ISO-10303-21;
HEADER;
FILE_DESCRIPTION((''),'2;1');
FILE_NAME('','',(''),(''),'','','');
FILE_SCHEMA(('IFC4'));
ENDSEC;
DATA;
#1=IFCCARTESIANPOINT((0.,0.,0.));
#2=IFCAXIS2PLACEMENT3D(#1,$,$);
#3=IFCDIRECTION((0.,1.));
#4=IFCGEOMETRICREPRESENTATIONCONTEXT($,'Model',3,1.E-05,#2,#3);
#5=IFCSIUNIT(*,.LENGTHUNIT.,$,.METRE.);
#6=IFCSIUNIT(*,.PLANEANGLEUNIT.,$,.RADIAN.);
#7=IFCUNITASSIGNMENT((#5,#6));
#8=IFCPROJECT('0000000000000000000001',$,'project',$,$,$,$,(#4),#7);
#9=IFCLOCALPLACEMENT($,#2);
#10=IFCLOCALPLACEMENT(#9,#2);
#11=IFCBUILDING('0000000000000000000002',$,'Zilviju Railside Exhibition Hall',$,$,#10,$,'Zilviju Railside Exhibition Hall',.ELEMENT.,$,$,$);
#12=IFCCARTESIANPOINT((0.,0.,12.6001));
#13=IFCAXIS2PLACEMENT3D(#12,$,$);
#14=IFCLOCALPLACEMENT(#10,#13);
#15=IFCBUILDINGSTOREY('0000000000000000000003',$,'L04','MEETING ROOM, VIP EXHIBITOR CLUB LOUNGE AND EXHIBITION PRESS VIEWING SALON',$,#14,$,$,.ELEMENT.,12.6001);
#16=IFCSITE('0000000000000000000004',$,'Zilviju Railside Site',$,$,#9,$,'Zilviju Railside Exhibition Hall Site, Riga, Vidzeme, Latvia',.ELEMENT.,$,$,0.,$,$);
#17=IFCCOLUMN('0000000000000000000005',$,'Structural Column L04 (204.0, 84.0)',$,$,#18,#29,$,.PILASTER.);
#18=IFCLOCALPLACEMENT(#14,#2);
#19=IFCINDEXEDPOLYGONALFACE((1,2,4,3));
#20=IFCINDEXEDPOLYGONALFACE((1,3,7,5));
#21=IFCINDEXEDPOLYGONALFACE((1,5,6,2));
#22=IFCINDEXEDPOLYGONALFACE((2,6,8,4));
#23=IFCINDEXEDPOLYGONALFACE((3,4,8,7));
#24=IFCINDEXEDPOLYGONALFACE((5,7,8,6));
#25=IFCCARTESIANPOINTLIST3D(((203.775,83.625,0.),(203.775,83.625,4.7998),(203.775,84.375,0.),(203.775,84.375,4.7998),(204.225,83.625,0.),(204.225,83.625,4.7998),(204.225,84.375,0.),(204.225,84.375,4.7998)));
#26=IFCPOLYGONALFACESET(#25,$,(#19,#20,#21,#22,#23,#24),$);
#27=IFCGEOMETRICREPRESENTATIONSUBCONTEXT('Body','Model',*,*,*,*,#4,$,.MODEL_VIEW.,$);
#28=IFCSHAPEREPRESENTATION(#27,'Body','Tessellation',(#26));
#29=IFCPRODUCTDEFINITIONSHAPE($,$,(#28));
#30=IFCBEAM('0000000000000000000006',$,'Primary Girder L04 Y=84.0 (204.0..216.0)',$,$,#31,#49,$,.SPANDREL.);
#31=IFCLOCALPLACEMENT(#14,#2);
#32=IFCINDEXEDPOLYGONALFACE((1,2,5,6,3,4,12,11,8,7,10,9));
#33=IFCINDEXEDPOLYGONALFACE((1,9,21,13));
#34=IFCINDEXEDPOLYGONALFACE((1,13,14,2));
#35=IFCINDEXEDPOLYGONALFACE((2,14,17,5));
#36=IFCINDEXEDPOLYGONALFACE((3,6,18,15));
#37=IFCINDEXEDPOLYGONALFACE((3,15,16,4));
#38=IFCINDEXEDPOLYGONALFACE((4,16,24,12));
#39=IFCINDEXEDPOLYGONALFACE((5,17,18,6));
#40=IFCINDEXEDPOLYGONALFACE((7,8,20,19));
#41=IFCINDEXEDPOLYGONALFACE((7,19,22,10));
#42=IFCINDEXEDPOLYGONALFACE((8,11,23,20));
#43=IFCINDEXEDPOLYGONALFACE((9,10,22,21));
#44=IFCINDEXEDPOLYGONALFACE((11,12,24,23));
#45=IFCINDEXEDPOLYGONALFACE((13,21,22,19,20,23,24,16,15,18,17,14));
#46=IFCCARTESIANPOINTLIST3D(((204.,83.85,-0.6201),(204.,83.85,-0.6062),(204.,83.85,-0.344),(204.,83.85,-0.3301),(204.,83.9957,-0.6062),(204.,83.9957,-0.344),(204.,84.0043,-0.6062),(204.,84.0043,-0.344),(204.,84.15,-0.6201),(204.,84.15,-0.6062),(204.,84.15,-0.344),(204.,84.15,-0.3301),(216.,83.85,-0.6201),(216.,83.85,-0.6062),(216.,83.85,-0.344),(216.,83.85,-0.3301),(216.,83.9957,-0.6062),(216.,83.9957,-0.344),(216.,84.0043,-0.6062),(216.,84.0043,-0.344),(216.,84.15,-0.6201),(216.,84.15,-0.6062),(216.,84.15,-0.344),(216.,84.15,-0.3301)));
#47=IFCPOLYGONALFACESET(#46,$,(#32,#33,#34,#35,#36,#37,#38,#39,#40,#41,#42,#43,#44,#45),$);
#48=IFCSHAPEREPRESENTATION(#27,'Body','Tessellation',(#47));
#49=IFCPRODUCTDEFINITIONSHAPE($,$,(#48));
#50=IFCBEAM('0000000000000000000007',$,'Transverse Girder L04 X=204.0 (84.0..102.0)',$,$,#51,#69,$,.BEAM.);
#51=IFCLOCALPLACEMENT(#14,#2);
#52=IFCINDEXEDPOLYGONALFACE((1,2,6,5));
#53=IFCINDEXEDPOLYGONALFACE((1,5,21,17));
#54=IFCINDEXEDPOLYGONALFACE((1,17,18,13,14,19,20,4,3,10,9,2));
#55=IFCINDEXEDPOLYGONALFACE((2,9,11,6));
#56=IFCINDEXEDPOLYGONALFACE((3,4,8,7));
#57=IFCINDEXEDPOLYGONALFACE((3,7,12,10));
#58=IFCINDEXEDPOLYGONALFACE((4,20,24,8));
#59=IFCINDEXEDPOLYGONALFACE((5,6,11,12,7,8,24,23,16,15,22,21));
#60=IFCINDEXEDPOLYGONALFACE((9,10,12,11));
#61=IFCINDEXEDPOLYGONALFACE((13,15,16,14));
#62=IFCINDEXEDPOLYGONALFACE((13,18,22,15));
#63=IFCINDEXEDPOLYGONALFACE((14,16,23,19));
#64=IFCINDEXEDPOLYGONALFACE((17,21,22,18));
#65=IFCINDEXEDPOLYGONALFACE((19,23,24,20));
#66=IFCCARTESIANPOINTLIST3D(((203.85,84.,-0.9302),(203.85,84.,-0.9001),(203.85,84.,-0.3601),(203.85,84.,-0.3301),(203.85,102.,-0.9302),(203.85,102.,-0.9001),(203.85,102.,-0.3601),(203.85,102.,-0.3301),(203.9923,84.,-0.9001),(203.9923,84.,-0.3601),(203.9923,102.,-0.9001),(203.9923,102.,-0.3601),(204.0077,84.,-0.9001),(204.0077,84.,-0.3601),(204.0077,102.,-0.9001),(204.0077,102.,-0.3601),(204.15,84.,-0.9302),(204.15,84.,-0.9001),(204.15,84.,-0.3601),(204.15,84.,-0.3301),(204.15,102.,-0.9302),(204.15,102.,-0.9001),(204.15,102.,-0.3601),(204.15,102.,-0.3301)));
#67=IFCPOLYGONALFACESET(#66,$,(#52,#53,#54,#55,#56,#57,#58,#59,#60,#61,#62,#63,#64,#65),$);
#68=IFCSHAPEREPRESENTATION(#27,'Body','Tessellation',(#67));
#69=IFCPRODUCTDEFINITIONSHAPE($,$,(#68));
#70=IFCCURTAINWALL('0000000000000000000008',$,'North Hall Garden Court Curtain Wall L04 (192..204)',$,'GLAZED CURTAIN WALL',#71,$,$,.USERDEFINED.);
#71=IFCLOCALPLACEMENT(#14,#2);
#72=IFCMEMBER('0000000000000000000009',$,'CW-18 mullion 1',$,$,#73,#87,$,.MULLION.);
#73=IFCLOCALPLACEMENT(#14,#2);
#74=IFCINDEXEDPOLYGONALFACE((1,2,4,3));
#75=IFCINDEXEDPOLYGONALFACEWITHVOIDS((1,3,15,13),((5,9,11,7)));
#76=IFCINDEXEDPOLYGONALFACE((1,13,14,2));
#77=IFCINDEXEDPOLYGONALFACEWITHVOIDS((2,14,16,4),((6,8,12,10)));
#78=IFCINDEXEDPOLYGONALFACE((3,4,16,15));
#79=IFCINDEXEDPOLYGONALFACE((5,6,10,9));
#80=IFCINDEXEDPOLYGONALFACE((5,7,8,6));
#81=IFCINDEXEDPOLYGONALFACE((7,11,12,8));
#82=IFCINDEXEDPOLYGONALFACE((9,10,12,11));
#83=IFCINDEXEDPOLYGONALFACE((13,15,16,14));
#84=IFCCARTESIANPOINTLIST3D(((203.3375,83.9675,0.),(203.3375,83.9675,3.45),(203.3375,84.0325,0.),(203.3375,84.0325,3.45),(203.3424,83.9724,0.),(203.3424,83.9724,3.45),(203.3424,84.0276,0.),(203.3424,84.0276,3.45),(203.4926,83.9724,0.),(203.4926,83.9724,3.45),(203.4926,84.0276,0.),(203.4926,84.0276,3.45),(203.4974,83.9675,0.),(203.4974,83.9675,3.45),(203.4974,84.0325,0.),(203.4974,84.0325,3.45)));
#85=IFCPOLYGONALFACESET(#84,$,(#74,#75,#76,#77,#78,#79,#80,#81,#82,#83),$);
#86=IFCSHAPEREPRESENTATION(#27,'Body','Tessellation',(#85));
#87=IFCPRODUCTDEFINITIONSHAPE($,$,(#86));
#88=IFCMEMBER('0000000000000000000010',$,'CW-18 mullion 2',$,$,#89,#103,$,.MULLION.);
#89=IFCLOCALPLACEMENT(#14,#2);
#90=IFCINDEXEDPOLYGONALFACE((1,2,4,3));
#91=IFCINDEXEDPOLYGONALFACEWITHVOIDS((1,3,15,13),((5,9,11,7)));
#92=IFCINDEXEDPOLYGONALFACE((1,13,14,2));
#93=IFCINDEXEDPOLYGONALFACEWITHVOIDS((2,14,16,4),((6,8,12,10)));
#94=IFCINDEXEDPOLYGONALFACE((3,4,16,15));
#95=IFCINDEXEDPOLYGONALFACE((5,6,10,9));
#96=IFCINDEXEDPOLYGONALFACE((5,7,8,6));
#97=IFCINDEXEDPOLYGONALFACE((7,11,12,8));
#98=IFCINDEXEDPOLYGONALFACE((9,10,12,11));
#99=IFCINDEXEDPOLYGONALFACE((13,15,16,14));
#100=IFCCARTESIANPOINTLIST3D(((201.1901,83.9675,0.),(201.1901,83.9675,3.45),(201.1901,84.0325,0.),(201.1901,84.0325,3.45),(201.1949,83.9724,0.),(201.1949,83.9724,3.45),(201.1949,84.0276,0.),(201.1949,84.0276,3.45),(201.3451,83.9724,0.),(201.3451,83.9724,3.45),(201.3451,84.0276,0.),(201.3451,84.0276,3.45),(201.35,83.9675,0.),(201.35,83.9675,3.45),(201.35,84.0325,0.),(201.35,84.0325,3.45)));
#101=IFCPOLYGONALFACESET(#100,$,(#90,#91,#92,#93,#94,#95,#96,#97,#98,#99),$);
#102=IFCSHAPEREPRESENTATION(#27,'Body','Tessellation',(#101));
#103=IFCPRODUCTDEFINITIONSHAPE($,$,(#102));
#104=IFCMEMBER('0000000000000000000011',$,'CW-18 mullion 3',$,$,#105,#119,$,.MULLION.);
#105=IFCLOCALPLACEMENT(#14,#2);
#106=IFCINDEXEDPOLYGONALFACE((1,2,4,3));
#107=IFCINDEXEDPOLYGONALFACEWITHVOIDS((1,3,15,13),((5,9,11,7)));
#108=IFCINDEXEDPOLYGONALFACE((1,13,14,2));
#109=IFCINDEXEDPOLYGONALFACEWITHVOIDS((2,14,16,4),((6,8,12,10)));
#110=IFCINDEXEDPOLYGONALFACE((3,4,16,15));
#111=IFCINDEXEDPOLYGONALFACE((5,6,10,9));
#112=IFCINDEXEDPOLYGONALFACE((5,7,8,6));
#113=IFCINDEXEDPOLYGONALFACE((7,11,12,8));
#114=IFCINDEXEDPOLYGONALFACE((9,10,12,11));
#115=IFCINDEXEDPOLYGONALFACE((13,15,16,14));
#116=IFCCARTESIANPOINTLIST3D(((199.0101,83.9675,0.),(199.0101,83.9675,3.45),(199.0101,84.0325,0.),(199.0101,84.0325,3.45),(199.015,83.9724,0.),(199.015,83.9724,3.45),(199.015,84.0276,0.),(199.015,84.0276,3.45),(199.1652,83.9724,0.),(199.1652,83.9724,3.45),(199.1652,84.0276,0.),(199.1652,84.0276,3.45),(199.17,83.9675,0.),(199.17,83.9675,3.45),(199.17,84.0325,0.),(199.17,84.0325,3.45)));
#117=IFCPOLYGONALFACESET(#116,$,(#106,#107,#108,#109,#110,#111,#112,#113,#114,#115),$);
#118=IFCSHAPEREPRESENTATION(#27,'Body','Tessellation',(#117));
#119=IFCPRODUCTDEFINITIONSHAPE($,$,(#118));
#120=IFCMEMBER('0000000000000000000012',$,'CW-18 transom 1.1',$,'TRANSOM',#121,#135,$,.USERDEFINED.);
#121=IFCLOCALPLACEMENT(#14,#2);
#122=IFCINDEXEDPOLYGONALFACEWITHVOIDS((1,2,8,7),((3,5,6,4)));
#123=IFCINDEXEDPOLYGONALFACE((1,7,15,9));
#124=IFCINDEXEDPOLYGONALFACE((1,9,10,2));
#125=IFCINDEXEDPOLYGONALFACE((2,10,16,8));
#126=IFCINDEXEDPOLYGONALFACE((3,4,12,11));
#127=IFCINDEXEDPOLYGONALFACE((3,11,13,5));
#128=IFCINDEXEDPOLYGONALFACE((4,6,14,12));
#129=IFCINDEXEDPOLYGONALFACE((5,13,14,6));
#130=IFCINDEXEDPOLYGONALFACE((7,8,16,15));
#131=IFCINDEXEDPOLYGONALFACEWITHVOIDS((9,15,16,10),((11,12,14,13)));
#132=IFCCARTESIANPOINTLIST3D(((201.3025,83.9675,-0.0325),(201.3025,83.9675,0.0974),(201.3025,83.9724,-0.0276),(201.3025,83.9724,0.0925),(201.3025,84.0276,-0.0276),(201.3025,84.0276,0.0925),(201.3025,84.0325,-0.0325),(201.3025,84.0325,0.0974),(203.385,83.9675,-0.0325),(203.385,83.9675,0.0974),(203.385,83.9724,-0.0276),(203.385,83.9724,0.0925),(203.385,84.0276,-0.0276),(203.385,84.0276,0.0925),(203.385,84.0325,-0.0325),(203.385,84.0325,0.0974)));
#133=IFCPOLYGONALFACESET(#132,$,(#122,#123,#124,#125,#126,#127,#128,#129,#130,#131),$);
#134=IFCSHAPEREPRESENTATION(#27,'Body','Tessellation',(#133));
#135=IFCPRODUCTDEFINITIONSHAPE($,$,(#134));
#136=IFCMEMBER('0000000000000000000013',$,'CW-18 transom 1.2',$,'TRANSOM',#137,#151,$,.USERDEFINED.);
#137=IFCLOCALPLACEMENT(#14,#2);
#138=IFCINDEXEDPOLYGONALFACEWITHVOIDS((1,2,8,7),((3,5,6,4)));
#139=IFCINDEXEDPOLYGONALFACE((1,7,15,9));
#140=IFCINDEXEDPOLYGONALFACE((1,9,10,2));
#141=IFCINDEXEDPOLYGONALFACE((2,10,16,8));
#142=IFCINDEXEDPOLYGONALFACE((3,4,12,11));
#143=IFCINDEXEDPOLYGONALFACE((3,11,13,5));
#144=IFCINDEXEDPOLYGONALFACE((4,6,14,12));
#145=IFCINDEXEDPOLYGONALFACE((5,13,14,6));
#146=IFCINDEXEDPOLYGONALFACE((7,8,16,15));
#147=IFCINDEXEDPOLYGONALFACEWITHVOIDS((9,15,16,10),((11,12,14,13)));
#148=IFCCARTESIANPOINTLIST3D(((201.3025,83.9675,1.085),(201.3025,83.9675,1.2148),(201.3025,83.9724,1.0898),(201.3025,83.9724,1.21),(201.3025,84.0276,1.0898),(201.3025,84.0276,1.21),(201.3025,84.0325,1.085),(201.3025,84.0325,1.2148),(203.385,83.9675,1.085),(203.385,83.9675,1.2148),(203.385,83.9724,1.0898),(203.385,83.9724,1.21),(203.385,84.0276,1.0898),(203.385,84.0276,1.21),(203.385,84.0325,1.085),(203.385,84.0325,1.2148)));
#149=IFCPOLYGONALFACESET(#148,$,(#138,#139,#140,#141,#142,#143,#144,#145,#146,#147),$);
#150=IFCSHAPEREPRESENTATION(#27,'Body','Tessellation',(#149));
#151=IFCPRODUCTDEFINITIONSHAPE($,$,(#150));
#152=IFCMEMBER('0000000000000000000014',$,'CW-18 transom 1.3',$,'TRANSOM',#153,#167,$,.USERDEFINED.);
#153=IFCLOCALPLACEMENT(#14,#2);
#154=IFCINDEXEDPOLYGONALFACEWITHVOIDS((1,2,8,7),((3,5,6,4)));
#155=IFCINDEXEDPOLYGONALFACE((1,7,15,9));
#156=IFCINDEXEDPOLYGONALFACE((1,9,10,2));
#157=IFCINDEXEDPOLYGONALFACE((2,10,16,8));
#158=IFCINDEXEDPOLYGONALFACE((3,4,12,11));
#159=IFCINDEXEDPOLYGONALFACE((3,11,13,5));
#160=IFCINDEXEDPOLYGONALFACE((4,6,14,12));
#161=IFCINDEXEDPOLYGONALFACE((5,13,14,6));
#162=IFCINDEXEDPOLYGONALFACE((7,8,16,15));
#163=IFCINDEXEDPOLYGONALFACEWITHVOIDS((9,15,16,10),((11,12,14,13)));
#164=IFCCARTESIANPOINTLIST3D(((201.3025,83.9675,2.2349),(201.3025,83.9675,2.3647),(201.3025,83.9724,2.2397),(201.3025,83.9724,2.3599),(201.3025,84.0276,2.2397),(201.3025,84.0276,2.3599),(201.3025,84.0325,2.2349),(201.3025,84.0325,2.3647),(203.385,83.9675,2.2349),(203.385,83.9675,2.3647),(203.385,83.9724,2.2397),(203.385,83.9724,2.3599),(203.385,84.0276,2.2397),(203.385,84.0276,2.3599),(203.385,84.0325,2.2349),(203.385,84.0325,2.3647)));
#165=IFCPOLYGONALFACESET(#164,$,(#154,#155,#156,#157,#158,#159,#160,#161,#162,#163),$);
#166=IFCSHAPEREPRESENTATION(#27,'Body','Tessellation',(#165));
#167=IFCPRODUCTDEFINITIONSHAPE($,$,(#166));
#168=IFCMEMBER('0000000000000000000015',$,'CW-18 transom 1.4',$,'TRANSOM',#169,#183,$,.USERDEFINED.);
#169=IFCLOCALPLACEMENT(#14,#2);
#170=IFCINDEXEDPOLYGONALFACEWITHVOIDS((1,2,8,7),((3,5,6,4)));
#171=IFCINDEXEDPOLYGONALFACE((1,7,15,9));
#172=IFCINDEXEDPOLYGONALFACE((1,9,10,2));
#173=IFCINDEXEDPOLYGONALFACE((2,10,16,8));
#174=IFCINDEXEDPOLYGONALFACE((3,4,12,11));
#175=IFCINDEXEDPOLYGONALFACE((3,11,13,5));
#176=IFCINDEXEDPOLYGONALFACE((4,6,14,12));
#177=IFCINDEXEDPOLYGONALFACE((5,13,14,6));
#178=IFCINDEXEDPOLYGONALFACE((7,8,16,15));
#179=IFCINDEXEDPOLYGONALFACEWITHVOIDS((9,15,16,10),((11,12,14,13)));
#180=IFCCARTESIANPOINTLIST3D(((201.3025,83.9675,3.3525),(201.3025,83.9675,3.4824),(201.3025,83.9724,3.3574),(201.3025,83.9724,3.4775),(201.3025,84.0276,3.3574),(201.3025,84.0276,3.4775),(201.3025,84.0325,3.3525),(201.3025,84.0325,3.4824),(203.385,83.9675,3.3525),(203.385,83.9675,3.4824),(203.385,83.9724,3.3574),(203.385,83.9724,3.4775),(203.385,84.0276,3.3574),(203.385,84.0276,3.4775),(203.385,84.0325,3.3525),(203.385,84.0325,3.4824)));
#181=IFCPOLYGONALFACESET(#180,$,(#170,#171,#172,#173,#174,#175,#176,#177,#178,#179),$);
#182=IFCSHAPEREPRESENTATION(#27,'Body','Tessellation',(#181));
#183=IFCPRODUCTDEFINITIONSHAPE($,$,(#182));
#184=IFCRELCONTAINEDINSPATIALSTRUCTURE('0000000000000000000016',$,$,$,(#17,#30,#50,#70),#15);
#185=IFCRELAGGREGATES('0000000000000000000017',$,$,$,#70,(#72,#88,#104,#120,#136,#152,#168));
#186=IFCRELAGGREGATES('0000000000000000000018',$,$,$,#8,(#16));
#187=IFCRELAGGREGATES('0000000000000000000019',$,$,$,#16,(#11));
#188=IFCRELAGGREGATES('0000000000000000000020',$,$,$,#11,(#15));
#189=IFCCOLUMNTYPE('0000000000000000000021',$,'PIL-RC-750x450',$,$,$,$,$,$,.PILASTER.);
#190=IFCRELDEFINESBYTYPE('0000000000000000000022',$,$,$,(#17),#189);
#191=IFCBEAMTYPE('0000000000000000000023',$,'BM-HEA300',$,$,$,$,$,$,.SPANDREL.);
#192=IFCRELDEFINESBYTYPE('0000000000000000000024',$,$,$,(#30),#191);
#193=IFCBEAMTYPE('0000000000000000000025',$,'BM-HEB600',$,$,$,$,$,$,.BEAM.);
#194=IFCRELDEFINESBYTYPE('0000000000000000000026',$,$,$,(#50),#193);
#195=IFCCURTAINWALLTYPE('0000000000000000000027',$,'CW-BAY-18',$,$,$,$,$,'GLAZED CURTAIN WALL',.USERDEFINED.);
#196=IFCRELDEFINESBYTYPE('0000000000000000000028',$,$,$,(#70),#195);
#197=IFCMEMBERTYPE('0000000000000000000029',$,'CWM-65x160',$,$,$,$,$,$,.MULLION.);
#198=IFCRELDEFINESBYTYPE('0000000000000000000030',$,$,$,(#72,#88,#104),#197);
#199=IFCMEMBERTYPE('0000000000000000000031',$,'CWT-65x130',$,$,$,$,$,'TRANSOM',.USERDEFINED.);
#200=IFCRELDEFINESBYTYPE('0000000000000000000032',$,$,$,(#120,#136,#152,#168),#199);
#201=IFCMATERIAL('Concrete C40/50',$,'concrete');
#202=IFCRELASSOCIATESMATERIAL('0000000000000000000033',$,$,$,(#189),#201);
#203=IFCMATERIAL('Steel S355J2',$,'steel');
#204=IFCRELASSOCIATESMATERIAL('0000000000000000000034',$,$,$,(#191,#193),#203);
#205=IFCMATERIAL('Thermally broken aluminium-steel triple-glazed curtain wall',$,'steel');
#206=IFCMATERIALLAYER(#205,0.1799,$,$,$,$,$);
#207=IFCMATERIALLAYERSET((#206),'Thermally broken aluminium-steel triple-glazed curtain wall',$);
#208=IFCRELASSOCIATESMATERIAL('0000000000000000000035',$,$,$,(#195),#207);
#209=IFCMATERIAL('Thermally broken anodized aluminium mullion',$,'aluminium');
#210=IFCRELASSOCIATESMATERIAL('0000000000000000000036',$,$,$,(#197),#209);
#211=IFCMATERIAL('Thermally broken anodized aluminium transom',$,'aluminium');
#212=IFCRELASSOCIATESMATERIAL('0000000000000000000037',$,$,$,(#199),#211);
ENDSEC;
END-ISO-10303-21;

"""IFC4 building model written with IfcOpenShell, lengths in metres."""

from ifc_helpers import new_model, si_unit, direction, frame, origin, origin_2d, place, context, subcontext, project, spatial, rectangle, hollow_rectangle, i_section, extrude, material, layer, layer_set, material_profile, profile_set, type_object, element, aggregate, save


model = new_model("IFC4")

# Units and contexts
model_context = context("Model", 3, precision=1e-05, world=origin(), true_north=direction((0.0, 1.0)))
body_context = subcontext(model_context, "Body", "Model", "MODEL_VIEW")
ifc_project = project(units=[si_unit("LENGTHUNIT", "METRE"), si_unit("PLANEANGLEUNIT", "RADIAN")], contexts=[model_context])

# Site, building, storey
site_placement = place(None, origin())
site = spatial("IfcSite", under=ifc_project, at=site_placement, Name="Zilviju Railside Site", LongName="Zilviju Railside Exhibition Hall Site, Riga, Vidzeme, Latvia", CompositionType="ELEMENT", RefElevation=0.0)
building_placement = place(site_placement, origin())
building = spatial("IfcBuilding", under=site, at=building_placement, Name="Zilviju Railside Exhibition Hall", LongName="Zilviju Railside Exhibition Hall", CompositionType="ELEMENT")
storey_placement = place(building_placement, frame((0.0, 0.0, 12.6001)))
storey = spatial("IfcBuildingStorey", under=building, at=storey_placement, Name="L04", Description="MEETING ROOM, VIP EXHIBITOR CLUB LOUNGE AND EXHIBITION PRESS VIEWING SALON", CompositionType="ELEMENT", Elevation=12.6001)

# Column
ifc_material_1 = material(Name="Concrete C40/50", Category="concrete")
ifc_material_profile_1 = material_profile(ifc_material_1, rectangle(XDim=0.45, YDim=0.75, at=origin_2d()), Name="RC COL 450x750")
ifc_profile_set_1 = profile_set([ifc_material_profile_1], Name="Concrete C40/50")
column_type = type_object("IfcColumnType", Name="PIL-RC-750x450", PredefinedType="PILASTER", material=ifc_profile_set_1)
column_placement = place(storey_placement, frame((204.0, 84.0, 0.0), z_axis=(0.0, 0.0, 1.0), x_axis=(1.0, 0.0, 0.0)))
element("IfcColumn", 1, at=column_placement, inside=storey, type_object=column_type, Name="Structural Column L04 (204.0, 84.0)", PredefinedType="PILASTER", context=body_context, shape_type="SweptSolid", body=[
    extrude(rectangle(XDim=0.45, YDim=0.75, at=origin_2d()), origin(), (0.0, 0.0, 1.0), 4.7998),
])

# Beams
ifc_material_2 = material(Name="Steel S355J2", Category="steel")
ifc_material_profile_2 = material_profile(ifc_material_2, i_section(OverallWidth=0.3, OverallDepth=0.29, WebThickness=0.0085, FlangeThickness=0.0139, at=origin_2d()), Name="HEA 300")
ifc_profile_set_2 = profile_set([ifc_material_profile_2], Name="Steel S355J2")
beam_type_1 = type_object("IfcBeamType", Name="BM-HEA300", PredefinedType="SPANDREL", material=ifc_profile_set_2)
beam_1_placement = place(storey_placement, frame((204.0, 84.0, -0.4751), z_axis=(1.0, 0.0, 0.0), x_axis=(0.0, 1.0, 0.0)))
element("IfcBeam", 2, at=beam_1_placement, inside=storey, type_object=beam_type_1, Name="Primary Girder L04 Y=84.0 (204.0..216.0)", PredefinedType="SPANDREL", context=body_context, shape_type="SweptSolid", body=[
    extrude(i_section(OverallWidth=0.3, OverallDepth=0.29, WebThickness=0.0085, FlangeThickness=0.0139, at=origin_2d()), origin(), (0.0, 0.0, 1.0), 12.0),
])
ifc_material_profile_3 = material_profile(ifc_material_2, i_section(OverallWidth=0.3, OverallDepth=0.6001, WebThickness=0.0154, FlangeThickness=0.03, at=origin_2d()), Name="HEB 600")
ifc_profile_set_3 = profile_set([ifc_material_profile_3], Name="Steel S355J2")
beam_type_2 = type_object("IfcBeamType", Name="BM-HEB600", PredefinedType="BEAM", material=ifc_profile_set_3)
beam_2_placement = place(storey_placement, frame((204.0, 84.0, -0.6301), z_axis=(0.0, 1.0, 0.0), x_axis=(-1.0, 0.0, 0.0)))
element("IfcBeam", 3, at=beam_2_placement, inside=storey, type_object=beam_type_2, Name="Transverse Girder L04 X=204.0 (84.0..102.0)", PredefinedType="BEAM", context=body_context, shape_type="SweptSolid", body=[
    extrude(i_section(OverallWidth=0.3, OverallDepth=0.6001, WebThickness=0.0154, FlangeThickness=0.03, at=origin_2d()), origin(), (0.0, 0.0, 1.0), 18.0),
])

# Curtain wall, members
ifc_material_3 = material(Name="Thermally broken aluminium-steel triple-glazed curtain wall", Category="steel")
ifc_layer_1 = layer(ifc_material_3, 0.1799)
ifc_layer_set_1 = layer_set([ifc_layer_1], Name="Thermally broken aluminium-steel triple-glazed curtain wall")
curtain_wall_type = type_object("IfcCurtainWallType", Name="CW-BAY-18", ElementType="GLAZED CURTAIN WALL", PredefinedType="USERDEFINED", material=ifc_layer_set_1)
curtain_wall_placement = place(storey_placement, origin())
curtain_wall = element("IfcCurtainWall", 4, at=curtain_wall_placement, inside=storey, type_object=curtain_wall_type, Name="North Hall Garden Court Curtain Wall L04 (192..204)", ObjectType="GLAZED CURTAIN WALL", PredefinedType="USERDEFINED")
ifc_material_4 = material(Name="Thermally broken anodized aluminium mullion", Category="aluminium")
ifc_material_profile_4 = material_profile(ifc_material_4, hollow_rectangle(XDim=0.0649, YDim=0.1599, WallThickness=0.0049, at=origin_2d()), Name="MULLION 160x65x5")
ifc_profile_set_4 = profile_set([ifc_material_profile_4], Name="Thermally broken anodized aluminium mullion")
member_type_1 = type_object("IfcMemberType", Name="CWM-65x160", PredefinedType="MULLION", material=ifc_profile_set_4)
member_1_placement = place(storey_placement, frame((203.4175, 84.0, 0.0), z_axis=(0.0, 0.0, 1.0), x_axis=(0.0, -1.0, 0.0)))
member_1 = element("IfcMember", 5, at=member_1_placement, type_object=member_type_1, Name="CW-18 mullion 1", PredefinedType="MULLION", context=body_context, shape_type="SweptSolid", body=[
    extrude(hollow_rectangle(XDim=0.0649, YDim=0.1599, WallThickness=0.0049, at=origin_2d()), origin(), (0.0, 0.0, 1.0), 3.45),
])
member_2_placement = place(storey_placement, frame((201.27, 84.0, 0.0), z_axis=(0.0, 0.0, 1.0), x_axis=(0.0, -1.0, 0.0)))
member_2 = element("IfcMember", 6, at=member_2_placement, type_object=member_type_1, Name="CW-18 mullion 2", PredefinedType="MULLION", context=body_context, shape_type="SweptSolid", body=[
    extrude(hollow_rectangle(XDim=0.0649, YDim=0.1599, WallThickness=0.0049, at=origin_2d()), origin(), (0.0, 0.0, 1.0), 3.45),
])
member_3_placement = place(storey_placement, frame((199.0901, 84.0, 0.0), z_axis=(0.0, 0.0, 1.0), x_axis=(0.0, -1.0, 0.0)))
member_3 = element("IfcMember", 7, at=member_3_placement, type_object=member_type_1, Name="CW-18 mullion 3", PredefinedType="MULLION", context=body_context, shape_type="SweptSolid", body=[
    extrude(hollow_rectangle(XDim=0.0649, YDim=0.1599, WallThickness=0.0049, at=origin_2d()), origin(), (0.0, 0.0, 1.0), 3.45),
])
ifc_material_5 = material(Name="Thermally broken anodized aluminium transom", Category="aluminium")
ifc_material_profile_5 = material_profile(ifc_material_5, hollow_rectangle(XDim=0.0649, YDim=0.1299, WallThickness=0.0049, at=origin_2d()), Name="TRANSOM 130x65x5")
ifc_profile_set_5 = profile_set([ifc_material_profile_5], Name="Thermally broken anodized aluminium transom")
member_type_2 = type_object("IfcMemberType", Name="CWT-65x130", ElementType="TRANSOM", PredefinedType="USERDEFINED", material=ifc_profile_set_5)
member_4_placement = place(storey_placement, frame((203.385, 84.0, 0.0325), z_axis=(-1.0, 0.0, 0.0), x_axis=(0.0, -1.0, 0.0)))
member_4 = element("IfcMember", 8, at=member_4_placement, type_object=member_type_2, Name="CW-18 transom 1.1", ObjectType="TRANSOM", PredefinedType="USERDEFINED", context=body_context, shape_type="SweptSolid", body=[
    extrude(hollow_rectangle(XDim=0.0649, YDim=0.1299, WallThickness=0.0049, at=origin_2d()), origin(), (0.0, 0.0, 1.0), 2.0825),
])
member_5_placement = place(storey_placement, frame((203.385, 84.0, 1.1499), z_axis=(-1.0, 0.0, 0.0), x_axis=(0.0, -1.0, 0.0)))
member_5 = element("IfcMember", 9, at=member_5_placement, type_object=member_type_2, Name="CW-18 transom 1.2", ObjectType="TRANSOM", PredefinedType="USERDEFINED", context=body_context, shape_type="SweptSolid", body=[
    extrude(hollow_rectangle(XDim=0.0649, YDim=0.1299, WallThickness=0.0049, at=origin_2d()), origin(), (0.0, 0.0, 1.0), 2.0825),
])
member_6_placement = place(storey_placement, frame((203.385, 84.0, 2.2998), z_axis=(-1.0, 0.0, 0.0), x_axis=(0.0, -1.0, 0.0)))
member_6 = element("IfcMember", 10, at=member_6_placement, type_object=member_type_2, Name="CW-18 transom 1.3", ObjectType="TRANSOM", PredefinedType="USERDEFINED", context=body_context, shape_type="SweptSolid", body=[
    extrude(hollow_rectangle(XDim=0.0649, YDim=0.1299, WallThickness=0.0049, at=origin_2d()), origin(), (0.0, 0.0, 1.0), 2.0825),
])
member_7_placement = place(storey_placement, frame((203.385, 84.0, 3.4175), z_axis=(-1.0, 0.0, 0.0), x_axis=(0.0, -1.0, 0.0)))
member_7 = element("IfcMember", 11, at=member_7_placement, type_object=member_type_2, Name="CW-18 transom 1.4", ObjectType="TRANSOM", PredefinedType="USERDEFINED", context=body_context, shape_type="SweptSolid", body=[
    extrude(hollow_rectangle(XDim=0.0649, YDim=0.1299, WallThickness=0.0049, at=origin_2d()), origin(), (0.0, 0.0, 1.0), 2.0825),
])
aggregate(curtain_wall, [member_1, member_2, member_3, member_4, member_5, member_6, member_7])

save(model, "model.ifc")
